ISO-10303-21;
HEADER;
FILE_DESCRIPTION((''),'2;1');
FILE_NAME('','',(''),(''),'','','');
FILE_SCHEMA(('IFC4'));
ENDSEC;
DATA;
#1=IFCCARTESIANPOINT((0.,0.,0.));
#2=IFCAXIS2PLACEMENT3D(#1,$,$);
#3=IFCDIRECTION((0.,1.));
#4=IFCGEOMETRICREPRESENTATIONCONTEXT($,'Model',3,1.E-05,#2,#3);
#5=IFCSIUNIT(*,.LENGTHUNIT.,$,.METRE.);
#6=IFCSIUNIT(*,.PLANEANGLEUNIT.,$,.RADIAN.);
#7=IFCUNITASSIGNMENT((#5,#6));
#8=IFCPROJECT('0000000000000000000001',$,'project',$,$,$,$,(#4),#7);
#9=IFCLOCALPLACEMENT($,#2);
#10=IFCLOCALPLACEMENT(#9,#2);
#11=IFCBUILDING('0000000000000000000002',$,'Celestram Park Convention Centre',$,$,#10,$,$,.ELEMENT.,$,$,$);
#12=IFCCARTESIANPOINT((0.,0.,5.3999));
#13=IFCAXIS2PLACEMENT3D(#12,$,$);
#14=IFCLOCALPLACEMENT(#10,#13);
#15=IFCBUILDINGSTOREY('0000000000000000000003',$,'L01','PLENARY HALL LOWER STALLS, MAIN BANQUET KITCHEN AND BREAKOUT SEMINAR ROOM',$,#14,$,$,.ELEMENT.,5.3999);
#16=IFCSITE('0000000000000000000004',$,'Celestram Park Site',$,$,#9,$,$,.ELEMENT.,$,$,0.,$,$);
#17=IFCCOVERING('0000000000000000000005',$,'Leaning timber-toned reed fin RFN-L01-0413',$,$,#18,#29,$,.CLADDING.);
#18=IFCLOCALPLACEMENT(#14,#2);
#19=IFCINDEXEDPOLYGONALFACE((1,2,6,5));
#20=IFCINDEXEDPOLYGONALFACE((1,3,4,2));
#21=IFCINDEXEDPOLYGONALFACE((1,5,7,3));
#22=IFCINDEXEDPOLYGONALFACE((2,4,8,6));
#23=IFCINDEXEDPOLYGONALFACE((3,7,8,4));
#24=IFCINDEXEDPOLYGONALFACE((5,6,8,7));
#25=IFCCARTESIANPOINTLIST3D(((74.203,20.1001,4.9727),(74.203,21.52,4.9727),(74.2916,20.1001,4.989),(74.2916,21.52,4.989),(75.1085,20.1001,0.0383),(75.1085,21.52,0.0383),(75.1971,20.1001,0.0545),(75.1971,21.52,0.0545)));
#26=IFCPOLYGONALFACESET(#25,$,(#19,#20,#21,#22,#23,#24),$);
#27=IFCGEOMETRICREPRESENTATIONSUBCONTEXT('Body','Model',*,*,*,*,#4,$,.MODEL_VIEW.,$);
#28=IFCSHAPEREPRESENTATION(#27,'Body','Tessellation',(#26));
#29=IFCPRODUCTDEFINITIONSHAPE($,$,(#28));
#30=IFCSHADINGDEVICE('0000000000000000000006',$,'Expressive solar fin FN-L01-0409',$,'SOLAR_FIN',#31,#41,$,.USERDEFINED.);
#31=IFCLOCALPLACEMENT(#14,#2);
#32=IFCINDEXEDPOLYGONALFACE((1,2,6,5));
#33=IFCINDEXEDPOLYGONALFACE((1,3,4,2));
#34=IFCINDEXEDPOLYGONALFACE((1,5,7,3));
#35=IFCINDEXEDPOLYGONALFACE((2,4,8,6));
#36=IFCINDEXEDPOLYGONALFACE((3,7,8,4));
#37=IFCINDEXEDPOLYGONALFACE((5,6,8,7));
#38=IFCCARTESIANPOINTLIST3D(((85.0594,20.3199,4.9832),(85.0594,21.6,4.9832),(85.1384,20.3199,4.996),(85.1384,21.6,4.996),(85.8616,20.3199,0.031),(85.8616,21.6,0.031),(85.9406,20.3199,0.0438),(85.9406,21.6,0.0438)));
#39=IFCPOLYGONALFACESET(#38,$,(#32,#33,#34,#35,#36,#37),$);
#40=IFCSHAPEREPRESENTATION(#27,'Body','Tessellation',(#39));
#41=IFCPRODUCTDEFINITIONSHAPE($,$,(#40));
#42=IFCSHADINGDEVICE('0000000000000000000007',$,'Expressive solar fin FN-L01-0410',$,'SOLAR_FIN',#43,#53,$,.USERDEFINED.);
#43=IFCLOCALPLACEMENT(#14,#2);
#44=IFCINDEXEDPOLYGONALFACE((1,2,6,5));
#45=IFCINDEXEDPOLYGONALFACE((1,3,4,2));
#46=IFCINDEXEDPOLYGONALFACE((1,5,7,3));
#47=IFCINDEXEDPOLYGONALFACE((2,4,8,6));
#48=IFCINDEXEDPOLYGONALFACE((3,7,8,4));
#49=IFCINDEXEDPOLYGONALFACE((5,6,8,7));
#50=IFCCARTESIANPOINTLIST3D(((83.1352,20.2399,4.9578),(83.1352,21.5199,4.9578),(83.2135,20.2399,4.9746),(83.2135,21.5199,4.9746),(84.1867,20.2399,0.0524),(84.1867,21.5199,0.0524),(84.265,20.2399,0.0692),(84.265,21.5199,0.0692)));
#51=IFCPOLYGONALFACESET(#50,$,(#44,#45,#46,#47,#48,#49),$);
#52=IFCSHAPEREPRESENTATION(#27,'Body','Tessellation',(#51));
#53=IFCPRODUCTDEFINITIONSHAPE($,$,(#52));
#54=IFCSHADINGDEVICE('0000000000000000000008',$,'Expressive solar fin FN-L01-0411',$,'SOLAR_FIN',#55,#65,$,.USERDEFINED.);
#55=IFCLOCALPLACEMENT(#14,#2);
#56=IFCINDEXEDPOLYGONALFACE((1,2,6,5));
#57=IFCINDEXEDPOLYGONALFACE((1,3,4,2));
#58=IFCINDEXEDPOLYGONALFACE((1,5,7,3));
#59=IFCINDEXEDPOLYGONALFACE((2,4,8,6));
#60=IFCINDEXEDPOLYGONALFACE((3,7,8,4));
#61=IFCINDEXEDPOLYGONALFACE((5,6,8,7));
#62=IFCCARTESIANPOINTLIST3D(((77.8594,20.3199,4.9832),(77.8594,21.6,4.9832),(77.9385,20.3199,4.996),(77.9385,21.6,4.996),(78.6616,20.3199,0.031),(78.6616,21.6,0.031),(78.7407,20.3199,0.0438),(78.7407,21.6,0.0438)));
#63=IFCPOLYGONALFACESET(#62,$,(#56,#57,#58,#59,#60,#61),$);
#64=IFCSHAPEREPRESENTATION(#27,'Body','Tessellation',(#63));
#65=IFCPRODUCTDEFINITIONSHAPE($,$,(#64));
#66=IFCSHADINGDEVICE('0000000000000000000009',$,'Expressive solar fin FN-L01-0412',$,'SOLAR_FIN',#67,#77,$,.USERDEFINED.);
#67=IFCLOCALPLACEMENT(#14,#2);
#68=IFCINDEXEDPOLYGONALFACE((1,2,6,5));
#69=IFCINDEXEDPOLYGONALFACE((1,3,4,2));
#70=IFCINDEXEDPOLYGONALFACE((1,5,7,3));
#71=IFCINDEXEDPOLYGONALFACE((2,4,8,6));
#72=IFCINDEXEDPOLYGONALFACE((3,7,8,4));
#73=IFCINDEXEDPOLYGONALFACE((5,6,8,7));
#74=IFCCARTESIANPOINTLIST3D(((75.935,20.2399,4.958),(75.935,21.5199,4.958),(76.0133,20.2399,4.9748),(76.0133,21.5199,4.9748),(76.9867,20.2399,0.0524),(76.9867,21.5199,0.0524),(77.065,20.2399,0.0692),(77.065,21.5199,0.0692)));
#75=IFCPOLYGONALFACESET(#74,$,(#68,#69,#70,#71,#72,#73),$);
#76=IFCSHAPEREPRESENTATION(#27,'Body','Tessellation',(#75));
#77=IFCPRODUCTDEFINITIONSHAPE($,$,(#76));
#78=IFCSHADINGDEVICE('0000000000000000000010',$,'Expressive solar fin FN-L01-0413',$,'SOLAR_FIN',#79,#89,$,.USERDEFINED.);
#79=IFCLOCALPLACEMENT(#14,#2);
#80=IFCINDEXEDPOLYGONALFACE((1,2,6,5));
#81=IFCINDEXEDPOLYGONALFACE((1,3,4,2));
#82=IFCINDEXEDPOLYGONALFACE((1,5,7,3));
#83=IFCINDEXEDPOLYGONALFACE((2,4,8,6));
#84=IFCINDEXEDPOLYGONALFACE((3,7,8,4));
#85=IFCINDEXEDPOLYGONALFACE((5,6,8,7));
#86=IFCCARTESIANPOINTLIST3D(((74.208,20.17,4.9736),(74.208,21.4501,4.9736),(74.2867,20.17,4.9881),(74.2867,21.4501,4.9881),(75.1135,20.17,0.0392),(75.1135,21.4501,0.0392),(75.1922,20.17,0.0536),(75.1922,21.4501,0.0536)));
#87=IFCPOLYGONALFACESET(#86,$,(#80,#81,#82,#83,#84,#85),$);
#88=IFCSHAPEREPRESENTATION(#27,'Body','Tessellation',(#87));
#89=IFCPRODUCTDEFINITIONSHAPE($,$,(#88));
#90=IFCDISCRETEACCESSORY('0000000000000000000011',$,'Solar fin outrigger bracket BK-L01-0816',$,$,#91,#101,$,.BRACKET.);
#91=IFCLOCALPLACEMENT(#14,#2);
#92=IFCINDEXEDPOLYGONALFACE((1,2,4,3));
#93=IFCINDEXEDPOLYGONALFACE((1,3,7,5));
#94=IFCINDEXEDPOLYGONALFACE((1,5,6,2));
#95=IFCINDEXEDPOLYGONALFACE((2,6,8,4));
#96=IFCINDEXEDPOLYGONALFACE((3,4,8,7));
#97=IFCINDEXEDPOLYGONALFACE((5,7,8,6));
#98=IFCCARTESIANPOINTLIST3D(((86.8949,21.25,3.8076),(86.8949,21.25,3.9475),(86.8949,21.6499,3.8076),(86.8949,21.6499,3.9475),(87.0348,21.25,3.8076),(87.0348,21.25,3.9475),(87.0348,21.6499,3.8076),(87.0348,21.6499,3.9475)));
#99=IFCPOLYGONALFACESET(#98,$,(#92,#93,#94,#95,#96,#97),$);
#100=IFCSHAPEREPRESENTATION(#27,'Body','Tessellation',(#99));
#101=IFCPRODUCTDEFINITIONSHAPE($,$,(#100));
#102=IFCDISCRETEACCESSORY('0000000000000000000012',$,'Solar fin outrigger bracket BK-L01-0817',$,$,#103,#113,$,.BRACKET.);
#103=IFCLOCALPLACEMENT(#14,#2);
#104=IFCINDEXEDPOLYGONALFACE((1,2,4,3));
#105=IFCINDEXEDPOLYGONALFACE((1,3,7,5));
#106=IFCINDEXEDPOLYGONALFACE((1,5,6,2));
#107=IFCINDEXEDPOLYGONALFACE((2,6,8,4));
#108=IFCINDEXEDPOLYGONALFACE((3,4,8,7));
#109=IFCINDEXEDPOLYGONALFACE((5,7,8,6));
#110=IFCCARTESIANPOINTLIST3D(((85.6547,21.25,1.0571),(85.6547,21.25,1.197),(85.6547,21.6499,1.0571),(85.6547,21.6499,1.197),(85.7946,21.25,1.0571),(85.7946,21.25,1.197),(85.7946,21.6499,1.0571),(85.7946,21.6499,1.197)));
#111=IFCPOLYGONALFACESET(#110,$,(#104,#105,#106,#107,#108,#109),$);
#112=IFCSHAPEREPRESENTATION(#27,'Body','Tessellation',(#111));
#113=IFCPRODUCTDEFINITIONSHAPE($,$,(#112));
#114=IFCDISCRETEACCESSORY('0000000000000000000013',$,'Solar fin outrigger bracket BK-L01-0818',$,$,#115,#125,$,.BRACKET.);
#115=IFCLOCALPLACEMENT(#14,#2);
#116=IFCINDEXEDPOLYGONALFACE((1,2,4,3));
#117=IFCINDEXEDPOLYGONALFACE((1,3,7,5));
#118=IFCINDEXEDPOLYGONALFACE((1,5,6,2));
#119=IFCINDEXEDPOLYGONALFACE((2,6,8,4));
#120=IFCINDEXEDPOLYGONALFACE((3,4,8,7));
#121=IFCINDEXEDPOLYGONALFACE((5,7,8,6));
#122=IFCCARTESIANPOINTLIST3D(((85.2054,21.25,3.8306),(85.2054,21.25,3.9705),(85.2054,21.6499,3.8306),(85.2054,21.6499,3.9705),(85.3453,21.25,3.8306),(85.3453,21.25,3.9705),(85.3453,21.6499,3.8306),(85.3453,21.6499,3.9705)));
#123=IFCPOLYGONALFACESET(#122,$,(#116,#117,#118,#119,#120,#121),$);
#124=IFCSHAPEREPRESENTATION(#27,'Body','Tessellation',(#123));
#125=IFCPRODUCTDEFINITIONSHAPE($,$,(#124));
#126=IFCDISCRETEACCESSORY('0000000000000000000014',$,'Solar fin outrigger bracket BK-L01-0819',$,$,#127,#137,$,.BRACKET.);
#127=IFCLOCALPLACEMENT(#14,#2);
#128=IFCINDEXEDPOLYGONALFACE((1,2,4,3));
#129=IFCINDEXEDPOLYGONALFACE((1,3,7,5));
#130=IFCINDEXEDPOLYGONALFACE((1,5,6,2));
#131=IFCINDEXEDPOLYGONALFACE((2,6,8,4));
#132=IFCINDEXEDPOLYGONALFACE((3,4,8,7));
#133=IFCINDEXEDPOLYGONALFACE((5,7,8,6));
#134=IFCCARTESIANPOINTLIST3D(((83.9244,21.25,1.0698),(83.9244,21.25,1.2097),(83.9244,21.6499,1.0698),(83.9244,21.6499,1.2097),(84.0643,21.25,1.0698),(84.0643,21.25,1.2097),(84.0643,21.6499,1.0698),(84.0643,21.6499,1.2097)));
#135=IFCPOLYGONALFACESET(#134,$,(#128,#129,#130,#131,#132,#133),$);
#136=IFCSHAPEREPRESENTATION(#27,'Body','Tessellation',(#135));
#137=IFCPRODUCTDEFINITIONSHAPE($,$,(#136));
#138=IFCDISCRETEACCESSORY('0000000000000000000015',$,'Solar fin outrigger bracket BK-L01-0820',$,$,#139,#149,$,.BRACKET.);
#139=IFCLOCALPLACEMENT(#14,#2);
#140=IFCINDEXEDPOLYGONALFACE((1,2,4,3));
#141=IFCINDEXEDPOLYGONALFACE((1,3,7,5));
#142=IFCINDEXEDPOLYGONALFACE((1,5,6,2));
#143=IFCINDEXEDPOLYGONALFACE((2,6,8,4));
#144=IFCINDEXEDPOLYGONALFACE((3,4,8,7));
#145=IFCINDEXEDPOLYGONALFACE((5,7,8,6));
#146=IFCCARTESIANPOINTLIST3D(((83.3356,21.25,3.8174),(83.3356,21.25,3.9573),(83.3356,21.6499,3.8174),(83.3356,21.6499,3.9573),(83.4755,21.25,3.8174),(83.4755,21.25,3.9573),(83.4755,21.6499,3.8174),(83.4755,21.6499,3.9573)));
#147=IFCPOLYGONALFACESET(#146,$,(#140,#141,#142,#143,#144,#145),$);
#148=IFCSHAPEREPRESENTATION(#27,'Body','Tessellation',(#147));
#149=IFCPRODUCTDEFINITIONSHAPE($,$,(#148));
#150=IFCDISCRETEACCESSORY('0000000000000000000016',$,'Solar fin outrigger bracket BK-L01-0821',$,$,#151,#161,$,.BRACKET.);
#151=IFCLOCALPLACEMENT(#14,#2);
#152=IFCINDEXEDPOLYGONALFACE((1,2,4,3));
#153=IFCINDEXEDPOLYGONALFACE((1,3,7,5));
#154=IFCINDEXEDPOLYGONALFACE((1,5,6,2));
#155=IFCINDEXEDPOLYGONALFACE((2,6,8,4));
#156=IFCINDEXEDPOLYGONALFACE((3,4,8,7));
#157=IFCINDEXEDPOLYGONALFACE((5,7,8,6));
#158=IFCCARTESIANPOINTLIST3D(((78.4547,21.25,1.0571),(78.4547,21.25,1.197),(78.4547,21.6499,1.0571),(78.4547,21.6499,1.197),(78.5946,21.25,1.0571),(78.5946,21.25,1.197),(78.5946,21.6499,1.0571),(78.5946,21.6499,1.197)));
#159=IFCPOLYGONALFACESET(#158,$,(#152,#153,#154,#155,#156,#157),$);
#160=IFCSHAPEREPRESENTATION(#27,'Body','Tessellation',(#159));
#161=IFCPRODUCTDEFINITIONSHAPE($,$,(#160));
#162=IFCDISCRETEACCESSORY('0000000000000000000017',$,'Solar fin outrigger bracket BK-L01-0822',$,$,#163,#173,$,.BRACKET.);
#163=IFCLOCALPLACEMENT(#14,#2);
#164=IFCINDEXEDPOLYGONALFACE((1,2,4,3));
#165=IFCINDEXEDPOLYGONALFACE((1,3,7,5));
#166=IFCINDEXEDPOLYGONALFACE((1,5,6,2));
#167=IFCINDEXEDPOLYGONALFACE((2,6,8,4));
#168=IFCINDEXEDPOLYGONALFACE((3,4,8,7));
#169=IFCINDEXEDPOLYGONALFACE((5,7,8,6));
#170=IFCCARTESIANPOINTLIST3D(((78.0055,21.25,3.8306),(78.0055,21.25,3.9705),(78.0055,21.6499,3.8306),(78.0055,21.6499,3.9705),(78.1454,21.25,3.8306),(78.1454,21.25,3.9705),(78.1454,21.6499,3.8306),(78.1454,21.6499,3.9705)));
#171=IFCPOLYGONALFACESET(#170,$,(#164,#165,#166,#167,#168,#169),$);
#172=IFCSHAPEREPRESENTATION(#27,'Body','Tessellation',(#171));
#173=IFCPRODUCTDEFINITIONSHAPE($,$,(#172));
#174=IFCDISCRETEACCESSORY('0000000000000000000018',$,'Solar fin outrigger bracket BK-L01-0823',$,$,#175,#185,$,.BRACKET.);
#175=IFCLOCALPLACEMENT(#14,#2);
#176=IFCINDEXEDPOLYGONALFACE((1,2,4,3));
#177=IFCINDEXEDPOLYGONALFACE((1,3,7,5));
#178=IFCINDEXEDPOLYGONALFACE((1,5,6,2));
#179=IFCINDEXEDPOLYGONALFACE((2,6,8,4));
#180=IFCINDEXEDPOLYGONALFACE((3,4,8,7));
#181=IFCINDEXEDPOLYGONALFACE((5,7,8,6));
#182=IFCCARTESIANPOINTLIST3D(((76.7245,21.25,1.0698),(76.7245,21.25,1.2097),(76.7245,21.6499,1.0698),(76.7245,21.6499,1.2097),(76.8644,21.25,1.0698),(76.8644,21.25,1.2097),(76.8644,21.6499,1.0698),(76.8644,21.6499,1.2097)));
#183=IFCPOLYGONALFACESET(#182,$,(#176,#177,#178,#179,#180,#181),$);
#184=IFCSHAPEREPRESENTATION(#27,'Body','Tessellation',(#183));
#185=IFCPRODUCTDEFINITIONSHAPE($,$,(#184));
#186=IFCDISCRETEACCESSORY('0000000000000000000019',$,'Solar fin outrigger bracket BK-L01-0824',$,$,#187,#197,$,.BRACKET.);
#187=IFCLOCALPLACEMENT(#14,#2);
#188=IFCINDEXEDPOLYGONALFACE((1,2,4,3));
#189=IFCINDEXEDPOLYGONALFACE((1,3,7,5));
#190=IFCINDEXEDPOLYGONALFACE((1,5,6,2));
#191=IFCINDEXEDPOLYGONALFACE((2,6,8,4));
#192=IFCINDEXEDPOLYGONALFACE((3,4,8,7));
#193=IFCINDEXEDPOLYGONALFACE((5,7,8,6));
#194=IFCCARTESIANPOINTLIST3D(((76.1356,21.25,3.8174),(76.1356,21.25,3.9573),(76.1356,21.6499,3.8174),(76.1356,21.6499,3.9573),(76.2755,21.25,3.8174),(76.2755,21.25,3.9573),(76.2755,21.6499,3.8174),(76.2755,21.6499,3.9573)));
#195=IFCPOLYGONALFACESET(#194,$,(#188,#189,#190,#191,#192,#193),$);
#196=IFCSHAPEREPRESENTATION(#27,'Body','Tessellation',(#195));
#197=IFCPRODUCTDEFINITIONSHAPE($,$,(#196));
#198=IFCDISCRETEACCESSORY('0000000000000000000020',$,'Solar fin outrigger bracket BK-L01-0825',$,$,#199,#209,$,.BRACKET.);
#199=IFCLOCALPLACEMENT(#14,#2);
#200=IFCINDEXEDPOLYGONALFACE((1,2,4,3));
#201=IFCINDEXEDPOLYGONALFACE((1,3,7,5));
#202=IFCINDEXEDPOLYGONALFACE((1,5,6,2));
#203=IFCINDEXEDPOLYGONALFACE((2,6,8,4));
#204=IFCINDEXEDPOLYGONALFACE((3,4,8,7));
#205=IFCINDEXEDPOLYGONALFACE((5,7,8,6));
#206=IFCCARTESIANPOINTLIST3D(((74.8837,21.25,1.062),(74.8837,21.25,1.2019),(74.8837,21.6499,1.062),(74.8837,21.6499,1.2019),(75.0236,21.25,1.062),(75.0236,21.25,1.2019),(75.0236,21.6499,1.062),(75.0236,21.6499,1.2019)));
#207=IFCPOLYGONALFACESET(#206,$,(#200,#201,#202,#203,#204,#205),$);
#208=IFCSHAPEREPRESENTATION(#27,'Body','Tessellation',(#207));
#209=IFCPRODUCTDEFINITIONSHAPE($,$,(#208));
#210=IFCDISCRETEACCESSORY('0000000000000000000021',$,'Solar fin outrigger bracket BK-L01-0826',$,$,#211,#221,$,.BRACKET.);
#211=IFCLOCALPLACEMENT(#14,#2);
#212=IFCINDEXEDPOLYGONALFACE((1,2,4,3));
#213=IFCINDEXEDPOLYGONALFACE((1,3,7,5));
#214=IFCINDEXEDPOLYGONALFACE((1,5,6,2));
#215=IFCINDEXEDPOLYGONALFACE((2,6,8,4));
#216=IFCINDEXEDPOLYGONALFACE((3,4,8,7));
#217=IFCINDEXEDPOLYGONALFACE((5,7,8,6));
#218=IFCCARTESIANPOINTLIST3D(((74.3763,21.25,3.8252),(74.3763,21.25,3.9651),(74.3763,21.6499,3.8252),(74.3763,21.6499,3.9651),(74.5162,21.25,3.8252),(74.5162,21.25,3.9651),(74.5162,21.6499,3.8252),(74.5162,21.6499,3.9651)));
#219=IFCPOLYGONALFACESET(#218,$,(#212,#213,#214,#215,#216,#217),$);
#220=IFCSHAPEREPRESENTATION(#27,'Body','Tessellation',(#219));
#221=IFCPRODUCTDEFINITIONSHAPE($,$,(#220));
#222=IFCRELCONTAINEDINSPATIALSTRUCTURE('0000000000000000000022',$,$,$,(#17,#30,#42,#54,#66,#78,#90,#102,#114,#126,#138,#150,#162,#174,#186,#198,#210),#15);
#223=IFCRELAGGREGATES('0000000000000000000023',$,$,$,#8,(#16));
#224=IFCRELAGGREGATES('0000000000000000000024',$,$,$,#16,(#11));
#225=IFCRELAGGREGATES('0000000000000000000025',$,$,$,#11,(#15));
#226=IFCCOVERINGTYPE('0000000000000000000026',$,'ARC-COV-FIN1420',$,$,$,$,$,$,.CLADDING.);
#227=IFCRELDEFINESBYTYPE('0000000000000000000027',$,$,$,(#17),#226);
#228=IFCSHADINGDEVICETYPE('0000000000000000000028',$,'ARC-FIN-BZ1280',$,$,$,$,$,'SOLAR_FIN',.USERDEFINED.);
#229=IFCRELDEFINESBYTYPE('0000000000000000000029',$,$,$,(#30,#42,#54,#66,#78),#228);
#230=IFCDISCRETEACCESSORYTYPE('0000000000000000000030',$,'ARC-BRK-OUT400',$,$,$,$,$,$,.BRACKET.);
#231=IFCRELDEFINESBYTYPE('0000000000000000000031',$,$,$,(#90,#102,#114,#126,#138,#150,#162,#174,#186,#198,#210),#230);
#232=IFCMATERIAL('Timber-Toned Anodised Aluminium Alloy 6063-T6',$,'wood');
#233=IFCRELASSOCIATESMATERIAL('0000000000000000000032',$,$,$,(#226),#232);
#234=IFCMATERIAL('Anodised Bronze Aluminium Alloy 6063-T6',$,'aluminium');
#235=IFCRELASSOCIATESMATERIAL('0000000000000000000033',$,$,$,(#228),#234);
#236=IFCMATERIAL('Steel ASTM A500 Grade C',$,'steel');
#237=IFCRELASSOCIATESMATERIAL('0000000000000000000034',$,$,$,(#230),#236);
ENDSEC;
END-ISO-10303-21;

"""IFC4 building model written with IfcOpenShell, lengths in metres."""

from ifc_helpers import new_model, si_unit, direction, frame, origin, origin_2d, place, context, subcontext, project, spatial, rectangle, extrude, material, material_profile, profile_set, type_object, element, save


model = new_model("IFC4")

# Units and contexts
model_context = context("Model", 3, precision=1e-05, world=origin(), true_north=direction((0.0, 1.0)))
body_context = subcontext(model_context, "Body", "Model", "MODEL_VIEW")
ifc_project = project(units=[si_unit("LENGTHUNIT", "METRE"), si_unit("PLANEANGLEUNIT", "RADIAN")], contexts=[model_context])

# Site, building, storey
site_placement = place(None, origin())
site = spatial("IfcSite", under=ifc_project, at=site_placement, Name="Celestram Park Site", CompositionType="ELEMENT", RefElevation=0.0)
building_placement = place(site_placement, origin())
building = spatial("IfcBuilding", under=site, at=building_placement, Name="Celestram Park Convention Centre", CompositionType="ELEMENT")
storey_placement = place(building_placement, frame((0.0, 0.0, 5.3999)))
storey = spatial("IfcBuildingStorey", under=building, at=storey_placement, Name="L01", Description="PLENARY HALL LOWER STALLS, MAIN BANQUET KITCHEN AND BREAKOUT SEMINAR ROOM", CompositionType="ELEMENT", Elevation=5.3999)

# Covering
ifc_material_1 = material(Name="Timber-Toned Anodised Aluminium Alloy 6063-T6", Category="wood")
ifc_material_profile_1 = material_profile(ifc_material_1, rectangle(XDim=1.4199, YDim=0.0901, at=origin_2d()), Name="REED1420X90")
ifc_profile_set_1 = profile_set([ifc_material_profile_1], Name="Timber-Toned Anodised Aluminium Alloy 6063-T6")
covering_type_1 = type_object("IfcCoveringType", Name="ARC-COV-FIN1420", PredefinedType="CLADDING", material=ifc_profile_set_1)
covering_1_placement = place(storey_placement, frame((75.1528, 20.8101, 0.0464), z_axis=(-0.180491, 0.0, 0.983577), x_axis=(0.0, -1.0, 0.0)))
element("IfcCovering", 1, at=covering_1_placement, inside=storey, type_object=covering_type_1, Name="Leaning timber-toned reed fin RFN-L01-0413", PredefinedType="CLADDING", context=body_context, shape_type="SweptSolid", body=[
    extrude(rectangle(XDim=1.4199, YDim=0.0901, at=origin_2d()), origin(), (0.0, 0.0, 1.0), 5.0168),
])

# Shading devices
ifc_material_2 = material(Name="Anodised Bronze Aluminium Alloy 6063-T6", Category="aluminium")
ifc_material_profile_2 = material_profile(ifc_material_2, rectangle(XDim=1.28, YDim=0.0801, at=origin_2d()), Name="FIN1280X80")
ifc_profile_set_2 = profile_set([ifc_material_profile_2], Name="Anodised Bronze Aluminium Alloy 6063-T6")
shading_device_type = type_object("IfcShadingDeviceType", Name="ARC-FIN-BZ1280", ElementType="SOLAR_FIN", PredefinedType="USERDEFINED", material=ifc_profile_set_2)
for number, where, z_axis, x_axis, name in (
    (2, (85.9011, 20.96, 0.0374), (-0.159907, 0.0, 0.987132), (0.0, -1.0, 0.0), "Expressive solar fin FN-L01-0409"),
    (3, (84.2258, 20.8799, 0.0608), (-0.209592, 0.0, 0.977789), (0.0, -1.0, 0.0), "Expressive solar fin FN-L01-0410"),
    (4, (78.7012, 20.96, 0.0374), (-0.159907, 0.0, 0.987132), (0.0, -1.0, 0.0), "Expressive solar fin FN-L01-0411"),
):
    element("IfcShadingDevice", number, at=place(storey_placement, frame(where, z_axis=z_axis, x_axis=x_axis)), inside=storey, type_object=shading_device_type, Name=name, ObjectType="SOLAR_FIN", PredefinedType="USERDEFINED", context=body_context, shape_type="SweptSolid", body=[
        extrude(rectangle(XDim=1.28, YDim=0.0801, at=origin_2d()), origin(), (0.0, 0.0, 1.0), 5.0168),
    ])
shading_device_1_placement = place(storey_placement, frame((77.0259, 20.8799, 0.0608), z_axis=(-0.209639, 0.0, 0.977779), x_axis=(0.0, -1.0, 0.0)))
element("IfcShadingDevice", 5, at=shading_device_1_placement, inside=storey, type_object=shading_device_type, Name="Expressive solar fin FN-L01-0412", ObjectType="SOLAR_FIN", PredefinedType="USERDEFINED", context=body_context, shape_type="SweptSolid", body=[
    extrude(rectangle(XDim=1.28, YDim=0.0801, at=origin_2d()), origin(), (0.0, 0.0, 1.0), 5.0171),
])
shading_device_2_placement = place(storey_placement, frame((75.1528, 20.8101, 0.0464), z_axis=(-0.180491, 0.0, 0.983577), x_axis=(0.0, -1.0, 0.0)))
element("IfcShadingDevice", 6, at=shading_device_2_placement, inside=storey, type_object=shading_device_type, Name="Expressive solar fin FN-L01-0413", ObjectType="SOLAR_FIN", PredefinedType="USERDEFINED", context=body_context, shape_type="SweptSolid", body=[
    extrude(rectangle(XDim=1.28, YDim=0.0801, at=origin_2d()), origin(), (0.0, 0.0, 1.0), 5.0168),
])

# Discrete accessories
ifc_material_3 = material(Name="Steel ASTM A500 Grade C", Category="steel")
discrete_accessory_type = type_object("IfcDiscreteAccessoryType", Name="ARC-BRK-OUT400", PredefinedType="BRACKET", material=ifc_material_3)
for number, where, z_axis, x_axis, name in (
    (7, (86.9648, 21.45, 3.8076), (0.0, 0.0, 1.0), (0.0, -1.0, 0.0), "Solar fin outrigger bracket BK-L01-0816"),
    (8, (85.7246, 21.45, 1.0571), (0.0, 0.0, 1.0), (0.0, -1.0, 0.0), "Solar fin outrigger bracket BK-L01-0817"),
    (9, (85.2754, 21.45, 3.8306), (0.0, 0.0, 1.0), (0.0, -1.0, 0.0), "Solar fin outrigger bracket BK-L01-0818"),
    (10, (83.9944, 21.45, 1.0698), (0.0, 0.0, 1.0), (0.0, -1.0, 0.0), "Solar fin outrigger bracket BK-L01-0819"),
    (11, (83.4055, 21.45, 3.8174), (0.0, 0.0, 1.0), (0.0, -1.0, 0.0), "Solar fin outrigger bracket BK-L01-0820"),
    (12, (78.5247, 21.45, 1.0571), (0.0, 0.0, 1.0), (0.0, -1.0, 0.0), "Solar fin outrigger bracket BK-L01-0821"),
    (13, (78.0754, 21.45, 3.8306), (0.0, 0.0, 1.0), (0.0, -1.0, 0.0), "Solar fin outrigger bracket BK-L01-0822"),
    (14, (76.7944, 21.45, 1.0698), (0.0, 0.0, 1.0), (0.0, -1.0, 0.0), "Solar fin outrigger bracket BK-L01-0823"),
    (15, (76.2056, 21.45, 3.8174), (0.0, 0.0, 1.0), (0.0, -1.0, 0.0), "Solar fin outrigger bracket BK-L01-0824"),
    (16, (74.9536, 21.45, 1.062), (0.0, 0.0, 1.0), (0.0, -1.0, 0.0), "Solar fin outrigger bracket BK-L01-0825"),
    (17, (74.4463, 21.45, 3.8252), (0.0, 0.0, 1.0), (0.0, -1.0, 0.0), "Solar fin outrigger bracket BK-L01-0826"),
):
    element("IfcDiscreteAccessory", number, at=place(storey_placement, frame(where, z_axis=z_axis, x_axis=x_axis)), inside=storey, type_object=discrete_accessory_type, Name=name, PredefinedType="BRACKET", context=body_context, shape_type="SweptSolid", body=[
        extrude(rectangle(XDim=0.3999, YDim=0.1399, at=origin_2d()), origin(), (0.0, 0.0, 1.0), 0.1399),
    ])

save(model, "model.ifc")
